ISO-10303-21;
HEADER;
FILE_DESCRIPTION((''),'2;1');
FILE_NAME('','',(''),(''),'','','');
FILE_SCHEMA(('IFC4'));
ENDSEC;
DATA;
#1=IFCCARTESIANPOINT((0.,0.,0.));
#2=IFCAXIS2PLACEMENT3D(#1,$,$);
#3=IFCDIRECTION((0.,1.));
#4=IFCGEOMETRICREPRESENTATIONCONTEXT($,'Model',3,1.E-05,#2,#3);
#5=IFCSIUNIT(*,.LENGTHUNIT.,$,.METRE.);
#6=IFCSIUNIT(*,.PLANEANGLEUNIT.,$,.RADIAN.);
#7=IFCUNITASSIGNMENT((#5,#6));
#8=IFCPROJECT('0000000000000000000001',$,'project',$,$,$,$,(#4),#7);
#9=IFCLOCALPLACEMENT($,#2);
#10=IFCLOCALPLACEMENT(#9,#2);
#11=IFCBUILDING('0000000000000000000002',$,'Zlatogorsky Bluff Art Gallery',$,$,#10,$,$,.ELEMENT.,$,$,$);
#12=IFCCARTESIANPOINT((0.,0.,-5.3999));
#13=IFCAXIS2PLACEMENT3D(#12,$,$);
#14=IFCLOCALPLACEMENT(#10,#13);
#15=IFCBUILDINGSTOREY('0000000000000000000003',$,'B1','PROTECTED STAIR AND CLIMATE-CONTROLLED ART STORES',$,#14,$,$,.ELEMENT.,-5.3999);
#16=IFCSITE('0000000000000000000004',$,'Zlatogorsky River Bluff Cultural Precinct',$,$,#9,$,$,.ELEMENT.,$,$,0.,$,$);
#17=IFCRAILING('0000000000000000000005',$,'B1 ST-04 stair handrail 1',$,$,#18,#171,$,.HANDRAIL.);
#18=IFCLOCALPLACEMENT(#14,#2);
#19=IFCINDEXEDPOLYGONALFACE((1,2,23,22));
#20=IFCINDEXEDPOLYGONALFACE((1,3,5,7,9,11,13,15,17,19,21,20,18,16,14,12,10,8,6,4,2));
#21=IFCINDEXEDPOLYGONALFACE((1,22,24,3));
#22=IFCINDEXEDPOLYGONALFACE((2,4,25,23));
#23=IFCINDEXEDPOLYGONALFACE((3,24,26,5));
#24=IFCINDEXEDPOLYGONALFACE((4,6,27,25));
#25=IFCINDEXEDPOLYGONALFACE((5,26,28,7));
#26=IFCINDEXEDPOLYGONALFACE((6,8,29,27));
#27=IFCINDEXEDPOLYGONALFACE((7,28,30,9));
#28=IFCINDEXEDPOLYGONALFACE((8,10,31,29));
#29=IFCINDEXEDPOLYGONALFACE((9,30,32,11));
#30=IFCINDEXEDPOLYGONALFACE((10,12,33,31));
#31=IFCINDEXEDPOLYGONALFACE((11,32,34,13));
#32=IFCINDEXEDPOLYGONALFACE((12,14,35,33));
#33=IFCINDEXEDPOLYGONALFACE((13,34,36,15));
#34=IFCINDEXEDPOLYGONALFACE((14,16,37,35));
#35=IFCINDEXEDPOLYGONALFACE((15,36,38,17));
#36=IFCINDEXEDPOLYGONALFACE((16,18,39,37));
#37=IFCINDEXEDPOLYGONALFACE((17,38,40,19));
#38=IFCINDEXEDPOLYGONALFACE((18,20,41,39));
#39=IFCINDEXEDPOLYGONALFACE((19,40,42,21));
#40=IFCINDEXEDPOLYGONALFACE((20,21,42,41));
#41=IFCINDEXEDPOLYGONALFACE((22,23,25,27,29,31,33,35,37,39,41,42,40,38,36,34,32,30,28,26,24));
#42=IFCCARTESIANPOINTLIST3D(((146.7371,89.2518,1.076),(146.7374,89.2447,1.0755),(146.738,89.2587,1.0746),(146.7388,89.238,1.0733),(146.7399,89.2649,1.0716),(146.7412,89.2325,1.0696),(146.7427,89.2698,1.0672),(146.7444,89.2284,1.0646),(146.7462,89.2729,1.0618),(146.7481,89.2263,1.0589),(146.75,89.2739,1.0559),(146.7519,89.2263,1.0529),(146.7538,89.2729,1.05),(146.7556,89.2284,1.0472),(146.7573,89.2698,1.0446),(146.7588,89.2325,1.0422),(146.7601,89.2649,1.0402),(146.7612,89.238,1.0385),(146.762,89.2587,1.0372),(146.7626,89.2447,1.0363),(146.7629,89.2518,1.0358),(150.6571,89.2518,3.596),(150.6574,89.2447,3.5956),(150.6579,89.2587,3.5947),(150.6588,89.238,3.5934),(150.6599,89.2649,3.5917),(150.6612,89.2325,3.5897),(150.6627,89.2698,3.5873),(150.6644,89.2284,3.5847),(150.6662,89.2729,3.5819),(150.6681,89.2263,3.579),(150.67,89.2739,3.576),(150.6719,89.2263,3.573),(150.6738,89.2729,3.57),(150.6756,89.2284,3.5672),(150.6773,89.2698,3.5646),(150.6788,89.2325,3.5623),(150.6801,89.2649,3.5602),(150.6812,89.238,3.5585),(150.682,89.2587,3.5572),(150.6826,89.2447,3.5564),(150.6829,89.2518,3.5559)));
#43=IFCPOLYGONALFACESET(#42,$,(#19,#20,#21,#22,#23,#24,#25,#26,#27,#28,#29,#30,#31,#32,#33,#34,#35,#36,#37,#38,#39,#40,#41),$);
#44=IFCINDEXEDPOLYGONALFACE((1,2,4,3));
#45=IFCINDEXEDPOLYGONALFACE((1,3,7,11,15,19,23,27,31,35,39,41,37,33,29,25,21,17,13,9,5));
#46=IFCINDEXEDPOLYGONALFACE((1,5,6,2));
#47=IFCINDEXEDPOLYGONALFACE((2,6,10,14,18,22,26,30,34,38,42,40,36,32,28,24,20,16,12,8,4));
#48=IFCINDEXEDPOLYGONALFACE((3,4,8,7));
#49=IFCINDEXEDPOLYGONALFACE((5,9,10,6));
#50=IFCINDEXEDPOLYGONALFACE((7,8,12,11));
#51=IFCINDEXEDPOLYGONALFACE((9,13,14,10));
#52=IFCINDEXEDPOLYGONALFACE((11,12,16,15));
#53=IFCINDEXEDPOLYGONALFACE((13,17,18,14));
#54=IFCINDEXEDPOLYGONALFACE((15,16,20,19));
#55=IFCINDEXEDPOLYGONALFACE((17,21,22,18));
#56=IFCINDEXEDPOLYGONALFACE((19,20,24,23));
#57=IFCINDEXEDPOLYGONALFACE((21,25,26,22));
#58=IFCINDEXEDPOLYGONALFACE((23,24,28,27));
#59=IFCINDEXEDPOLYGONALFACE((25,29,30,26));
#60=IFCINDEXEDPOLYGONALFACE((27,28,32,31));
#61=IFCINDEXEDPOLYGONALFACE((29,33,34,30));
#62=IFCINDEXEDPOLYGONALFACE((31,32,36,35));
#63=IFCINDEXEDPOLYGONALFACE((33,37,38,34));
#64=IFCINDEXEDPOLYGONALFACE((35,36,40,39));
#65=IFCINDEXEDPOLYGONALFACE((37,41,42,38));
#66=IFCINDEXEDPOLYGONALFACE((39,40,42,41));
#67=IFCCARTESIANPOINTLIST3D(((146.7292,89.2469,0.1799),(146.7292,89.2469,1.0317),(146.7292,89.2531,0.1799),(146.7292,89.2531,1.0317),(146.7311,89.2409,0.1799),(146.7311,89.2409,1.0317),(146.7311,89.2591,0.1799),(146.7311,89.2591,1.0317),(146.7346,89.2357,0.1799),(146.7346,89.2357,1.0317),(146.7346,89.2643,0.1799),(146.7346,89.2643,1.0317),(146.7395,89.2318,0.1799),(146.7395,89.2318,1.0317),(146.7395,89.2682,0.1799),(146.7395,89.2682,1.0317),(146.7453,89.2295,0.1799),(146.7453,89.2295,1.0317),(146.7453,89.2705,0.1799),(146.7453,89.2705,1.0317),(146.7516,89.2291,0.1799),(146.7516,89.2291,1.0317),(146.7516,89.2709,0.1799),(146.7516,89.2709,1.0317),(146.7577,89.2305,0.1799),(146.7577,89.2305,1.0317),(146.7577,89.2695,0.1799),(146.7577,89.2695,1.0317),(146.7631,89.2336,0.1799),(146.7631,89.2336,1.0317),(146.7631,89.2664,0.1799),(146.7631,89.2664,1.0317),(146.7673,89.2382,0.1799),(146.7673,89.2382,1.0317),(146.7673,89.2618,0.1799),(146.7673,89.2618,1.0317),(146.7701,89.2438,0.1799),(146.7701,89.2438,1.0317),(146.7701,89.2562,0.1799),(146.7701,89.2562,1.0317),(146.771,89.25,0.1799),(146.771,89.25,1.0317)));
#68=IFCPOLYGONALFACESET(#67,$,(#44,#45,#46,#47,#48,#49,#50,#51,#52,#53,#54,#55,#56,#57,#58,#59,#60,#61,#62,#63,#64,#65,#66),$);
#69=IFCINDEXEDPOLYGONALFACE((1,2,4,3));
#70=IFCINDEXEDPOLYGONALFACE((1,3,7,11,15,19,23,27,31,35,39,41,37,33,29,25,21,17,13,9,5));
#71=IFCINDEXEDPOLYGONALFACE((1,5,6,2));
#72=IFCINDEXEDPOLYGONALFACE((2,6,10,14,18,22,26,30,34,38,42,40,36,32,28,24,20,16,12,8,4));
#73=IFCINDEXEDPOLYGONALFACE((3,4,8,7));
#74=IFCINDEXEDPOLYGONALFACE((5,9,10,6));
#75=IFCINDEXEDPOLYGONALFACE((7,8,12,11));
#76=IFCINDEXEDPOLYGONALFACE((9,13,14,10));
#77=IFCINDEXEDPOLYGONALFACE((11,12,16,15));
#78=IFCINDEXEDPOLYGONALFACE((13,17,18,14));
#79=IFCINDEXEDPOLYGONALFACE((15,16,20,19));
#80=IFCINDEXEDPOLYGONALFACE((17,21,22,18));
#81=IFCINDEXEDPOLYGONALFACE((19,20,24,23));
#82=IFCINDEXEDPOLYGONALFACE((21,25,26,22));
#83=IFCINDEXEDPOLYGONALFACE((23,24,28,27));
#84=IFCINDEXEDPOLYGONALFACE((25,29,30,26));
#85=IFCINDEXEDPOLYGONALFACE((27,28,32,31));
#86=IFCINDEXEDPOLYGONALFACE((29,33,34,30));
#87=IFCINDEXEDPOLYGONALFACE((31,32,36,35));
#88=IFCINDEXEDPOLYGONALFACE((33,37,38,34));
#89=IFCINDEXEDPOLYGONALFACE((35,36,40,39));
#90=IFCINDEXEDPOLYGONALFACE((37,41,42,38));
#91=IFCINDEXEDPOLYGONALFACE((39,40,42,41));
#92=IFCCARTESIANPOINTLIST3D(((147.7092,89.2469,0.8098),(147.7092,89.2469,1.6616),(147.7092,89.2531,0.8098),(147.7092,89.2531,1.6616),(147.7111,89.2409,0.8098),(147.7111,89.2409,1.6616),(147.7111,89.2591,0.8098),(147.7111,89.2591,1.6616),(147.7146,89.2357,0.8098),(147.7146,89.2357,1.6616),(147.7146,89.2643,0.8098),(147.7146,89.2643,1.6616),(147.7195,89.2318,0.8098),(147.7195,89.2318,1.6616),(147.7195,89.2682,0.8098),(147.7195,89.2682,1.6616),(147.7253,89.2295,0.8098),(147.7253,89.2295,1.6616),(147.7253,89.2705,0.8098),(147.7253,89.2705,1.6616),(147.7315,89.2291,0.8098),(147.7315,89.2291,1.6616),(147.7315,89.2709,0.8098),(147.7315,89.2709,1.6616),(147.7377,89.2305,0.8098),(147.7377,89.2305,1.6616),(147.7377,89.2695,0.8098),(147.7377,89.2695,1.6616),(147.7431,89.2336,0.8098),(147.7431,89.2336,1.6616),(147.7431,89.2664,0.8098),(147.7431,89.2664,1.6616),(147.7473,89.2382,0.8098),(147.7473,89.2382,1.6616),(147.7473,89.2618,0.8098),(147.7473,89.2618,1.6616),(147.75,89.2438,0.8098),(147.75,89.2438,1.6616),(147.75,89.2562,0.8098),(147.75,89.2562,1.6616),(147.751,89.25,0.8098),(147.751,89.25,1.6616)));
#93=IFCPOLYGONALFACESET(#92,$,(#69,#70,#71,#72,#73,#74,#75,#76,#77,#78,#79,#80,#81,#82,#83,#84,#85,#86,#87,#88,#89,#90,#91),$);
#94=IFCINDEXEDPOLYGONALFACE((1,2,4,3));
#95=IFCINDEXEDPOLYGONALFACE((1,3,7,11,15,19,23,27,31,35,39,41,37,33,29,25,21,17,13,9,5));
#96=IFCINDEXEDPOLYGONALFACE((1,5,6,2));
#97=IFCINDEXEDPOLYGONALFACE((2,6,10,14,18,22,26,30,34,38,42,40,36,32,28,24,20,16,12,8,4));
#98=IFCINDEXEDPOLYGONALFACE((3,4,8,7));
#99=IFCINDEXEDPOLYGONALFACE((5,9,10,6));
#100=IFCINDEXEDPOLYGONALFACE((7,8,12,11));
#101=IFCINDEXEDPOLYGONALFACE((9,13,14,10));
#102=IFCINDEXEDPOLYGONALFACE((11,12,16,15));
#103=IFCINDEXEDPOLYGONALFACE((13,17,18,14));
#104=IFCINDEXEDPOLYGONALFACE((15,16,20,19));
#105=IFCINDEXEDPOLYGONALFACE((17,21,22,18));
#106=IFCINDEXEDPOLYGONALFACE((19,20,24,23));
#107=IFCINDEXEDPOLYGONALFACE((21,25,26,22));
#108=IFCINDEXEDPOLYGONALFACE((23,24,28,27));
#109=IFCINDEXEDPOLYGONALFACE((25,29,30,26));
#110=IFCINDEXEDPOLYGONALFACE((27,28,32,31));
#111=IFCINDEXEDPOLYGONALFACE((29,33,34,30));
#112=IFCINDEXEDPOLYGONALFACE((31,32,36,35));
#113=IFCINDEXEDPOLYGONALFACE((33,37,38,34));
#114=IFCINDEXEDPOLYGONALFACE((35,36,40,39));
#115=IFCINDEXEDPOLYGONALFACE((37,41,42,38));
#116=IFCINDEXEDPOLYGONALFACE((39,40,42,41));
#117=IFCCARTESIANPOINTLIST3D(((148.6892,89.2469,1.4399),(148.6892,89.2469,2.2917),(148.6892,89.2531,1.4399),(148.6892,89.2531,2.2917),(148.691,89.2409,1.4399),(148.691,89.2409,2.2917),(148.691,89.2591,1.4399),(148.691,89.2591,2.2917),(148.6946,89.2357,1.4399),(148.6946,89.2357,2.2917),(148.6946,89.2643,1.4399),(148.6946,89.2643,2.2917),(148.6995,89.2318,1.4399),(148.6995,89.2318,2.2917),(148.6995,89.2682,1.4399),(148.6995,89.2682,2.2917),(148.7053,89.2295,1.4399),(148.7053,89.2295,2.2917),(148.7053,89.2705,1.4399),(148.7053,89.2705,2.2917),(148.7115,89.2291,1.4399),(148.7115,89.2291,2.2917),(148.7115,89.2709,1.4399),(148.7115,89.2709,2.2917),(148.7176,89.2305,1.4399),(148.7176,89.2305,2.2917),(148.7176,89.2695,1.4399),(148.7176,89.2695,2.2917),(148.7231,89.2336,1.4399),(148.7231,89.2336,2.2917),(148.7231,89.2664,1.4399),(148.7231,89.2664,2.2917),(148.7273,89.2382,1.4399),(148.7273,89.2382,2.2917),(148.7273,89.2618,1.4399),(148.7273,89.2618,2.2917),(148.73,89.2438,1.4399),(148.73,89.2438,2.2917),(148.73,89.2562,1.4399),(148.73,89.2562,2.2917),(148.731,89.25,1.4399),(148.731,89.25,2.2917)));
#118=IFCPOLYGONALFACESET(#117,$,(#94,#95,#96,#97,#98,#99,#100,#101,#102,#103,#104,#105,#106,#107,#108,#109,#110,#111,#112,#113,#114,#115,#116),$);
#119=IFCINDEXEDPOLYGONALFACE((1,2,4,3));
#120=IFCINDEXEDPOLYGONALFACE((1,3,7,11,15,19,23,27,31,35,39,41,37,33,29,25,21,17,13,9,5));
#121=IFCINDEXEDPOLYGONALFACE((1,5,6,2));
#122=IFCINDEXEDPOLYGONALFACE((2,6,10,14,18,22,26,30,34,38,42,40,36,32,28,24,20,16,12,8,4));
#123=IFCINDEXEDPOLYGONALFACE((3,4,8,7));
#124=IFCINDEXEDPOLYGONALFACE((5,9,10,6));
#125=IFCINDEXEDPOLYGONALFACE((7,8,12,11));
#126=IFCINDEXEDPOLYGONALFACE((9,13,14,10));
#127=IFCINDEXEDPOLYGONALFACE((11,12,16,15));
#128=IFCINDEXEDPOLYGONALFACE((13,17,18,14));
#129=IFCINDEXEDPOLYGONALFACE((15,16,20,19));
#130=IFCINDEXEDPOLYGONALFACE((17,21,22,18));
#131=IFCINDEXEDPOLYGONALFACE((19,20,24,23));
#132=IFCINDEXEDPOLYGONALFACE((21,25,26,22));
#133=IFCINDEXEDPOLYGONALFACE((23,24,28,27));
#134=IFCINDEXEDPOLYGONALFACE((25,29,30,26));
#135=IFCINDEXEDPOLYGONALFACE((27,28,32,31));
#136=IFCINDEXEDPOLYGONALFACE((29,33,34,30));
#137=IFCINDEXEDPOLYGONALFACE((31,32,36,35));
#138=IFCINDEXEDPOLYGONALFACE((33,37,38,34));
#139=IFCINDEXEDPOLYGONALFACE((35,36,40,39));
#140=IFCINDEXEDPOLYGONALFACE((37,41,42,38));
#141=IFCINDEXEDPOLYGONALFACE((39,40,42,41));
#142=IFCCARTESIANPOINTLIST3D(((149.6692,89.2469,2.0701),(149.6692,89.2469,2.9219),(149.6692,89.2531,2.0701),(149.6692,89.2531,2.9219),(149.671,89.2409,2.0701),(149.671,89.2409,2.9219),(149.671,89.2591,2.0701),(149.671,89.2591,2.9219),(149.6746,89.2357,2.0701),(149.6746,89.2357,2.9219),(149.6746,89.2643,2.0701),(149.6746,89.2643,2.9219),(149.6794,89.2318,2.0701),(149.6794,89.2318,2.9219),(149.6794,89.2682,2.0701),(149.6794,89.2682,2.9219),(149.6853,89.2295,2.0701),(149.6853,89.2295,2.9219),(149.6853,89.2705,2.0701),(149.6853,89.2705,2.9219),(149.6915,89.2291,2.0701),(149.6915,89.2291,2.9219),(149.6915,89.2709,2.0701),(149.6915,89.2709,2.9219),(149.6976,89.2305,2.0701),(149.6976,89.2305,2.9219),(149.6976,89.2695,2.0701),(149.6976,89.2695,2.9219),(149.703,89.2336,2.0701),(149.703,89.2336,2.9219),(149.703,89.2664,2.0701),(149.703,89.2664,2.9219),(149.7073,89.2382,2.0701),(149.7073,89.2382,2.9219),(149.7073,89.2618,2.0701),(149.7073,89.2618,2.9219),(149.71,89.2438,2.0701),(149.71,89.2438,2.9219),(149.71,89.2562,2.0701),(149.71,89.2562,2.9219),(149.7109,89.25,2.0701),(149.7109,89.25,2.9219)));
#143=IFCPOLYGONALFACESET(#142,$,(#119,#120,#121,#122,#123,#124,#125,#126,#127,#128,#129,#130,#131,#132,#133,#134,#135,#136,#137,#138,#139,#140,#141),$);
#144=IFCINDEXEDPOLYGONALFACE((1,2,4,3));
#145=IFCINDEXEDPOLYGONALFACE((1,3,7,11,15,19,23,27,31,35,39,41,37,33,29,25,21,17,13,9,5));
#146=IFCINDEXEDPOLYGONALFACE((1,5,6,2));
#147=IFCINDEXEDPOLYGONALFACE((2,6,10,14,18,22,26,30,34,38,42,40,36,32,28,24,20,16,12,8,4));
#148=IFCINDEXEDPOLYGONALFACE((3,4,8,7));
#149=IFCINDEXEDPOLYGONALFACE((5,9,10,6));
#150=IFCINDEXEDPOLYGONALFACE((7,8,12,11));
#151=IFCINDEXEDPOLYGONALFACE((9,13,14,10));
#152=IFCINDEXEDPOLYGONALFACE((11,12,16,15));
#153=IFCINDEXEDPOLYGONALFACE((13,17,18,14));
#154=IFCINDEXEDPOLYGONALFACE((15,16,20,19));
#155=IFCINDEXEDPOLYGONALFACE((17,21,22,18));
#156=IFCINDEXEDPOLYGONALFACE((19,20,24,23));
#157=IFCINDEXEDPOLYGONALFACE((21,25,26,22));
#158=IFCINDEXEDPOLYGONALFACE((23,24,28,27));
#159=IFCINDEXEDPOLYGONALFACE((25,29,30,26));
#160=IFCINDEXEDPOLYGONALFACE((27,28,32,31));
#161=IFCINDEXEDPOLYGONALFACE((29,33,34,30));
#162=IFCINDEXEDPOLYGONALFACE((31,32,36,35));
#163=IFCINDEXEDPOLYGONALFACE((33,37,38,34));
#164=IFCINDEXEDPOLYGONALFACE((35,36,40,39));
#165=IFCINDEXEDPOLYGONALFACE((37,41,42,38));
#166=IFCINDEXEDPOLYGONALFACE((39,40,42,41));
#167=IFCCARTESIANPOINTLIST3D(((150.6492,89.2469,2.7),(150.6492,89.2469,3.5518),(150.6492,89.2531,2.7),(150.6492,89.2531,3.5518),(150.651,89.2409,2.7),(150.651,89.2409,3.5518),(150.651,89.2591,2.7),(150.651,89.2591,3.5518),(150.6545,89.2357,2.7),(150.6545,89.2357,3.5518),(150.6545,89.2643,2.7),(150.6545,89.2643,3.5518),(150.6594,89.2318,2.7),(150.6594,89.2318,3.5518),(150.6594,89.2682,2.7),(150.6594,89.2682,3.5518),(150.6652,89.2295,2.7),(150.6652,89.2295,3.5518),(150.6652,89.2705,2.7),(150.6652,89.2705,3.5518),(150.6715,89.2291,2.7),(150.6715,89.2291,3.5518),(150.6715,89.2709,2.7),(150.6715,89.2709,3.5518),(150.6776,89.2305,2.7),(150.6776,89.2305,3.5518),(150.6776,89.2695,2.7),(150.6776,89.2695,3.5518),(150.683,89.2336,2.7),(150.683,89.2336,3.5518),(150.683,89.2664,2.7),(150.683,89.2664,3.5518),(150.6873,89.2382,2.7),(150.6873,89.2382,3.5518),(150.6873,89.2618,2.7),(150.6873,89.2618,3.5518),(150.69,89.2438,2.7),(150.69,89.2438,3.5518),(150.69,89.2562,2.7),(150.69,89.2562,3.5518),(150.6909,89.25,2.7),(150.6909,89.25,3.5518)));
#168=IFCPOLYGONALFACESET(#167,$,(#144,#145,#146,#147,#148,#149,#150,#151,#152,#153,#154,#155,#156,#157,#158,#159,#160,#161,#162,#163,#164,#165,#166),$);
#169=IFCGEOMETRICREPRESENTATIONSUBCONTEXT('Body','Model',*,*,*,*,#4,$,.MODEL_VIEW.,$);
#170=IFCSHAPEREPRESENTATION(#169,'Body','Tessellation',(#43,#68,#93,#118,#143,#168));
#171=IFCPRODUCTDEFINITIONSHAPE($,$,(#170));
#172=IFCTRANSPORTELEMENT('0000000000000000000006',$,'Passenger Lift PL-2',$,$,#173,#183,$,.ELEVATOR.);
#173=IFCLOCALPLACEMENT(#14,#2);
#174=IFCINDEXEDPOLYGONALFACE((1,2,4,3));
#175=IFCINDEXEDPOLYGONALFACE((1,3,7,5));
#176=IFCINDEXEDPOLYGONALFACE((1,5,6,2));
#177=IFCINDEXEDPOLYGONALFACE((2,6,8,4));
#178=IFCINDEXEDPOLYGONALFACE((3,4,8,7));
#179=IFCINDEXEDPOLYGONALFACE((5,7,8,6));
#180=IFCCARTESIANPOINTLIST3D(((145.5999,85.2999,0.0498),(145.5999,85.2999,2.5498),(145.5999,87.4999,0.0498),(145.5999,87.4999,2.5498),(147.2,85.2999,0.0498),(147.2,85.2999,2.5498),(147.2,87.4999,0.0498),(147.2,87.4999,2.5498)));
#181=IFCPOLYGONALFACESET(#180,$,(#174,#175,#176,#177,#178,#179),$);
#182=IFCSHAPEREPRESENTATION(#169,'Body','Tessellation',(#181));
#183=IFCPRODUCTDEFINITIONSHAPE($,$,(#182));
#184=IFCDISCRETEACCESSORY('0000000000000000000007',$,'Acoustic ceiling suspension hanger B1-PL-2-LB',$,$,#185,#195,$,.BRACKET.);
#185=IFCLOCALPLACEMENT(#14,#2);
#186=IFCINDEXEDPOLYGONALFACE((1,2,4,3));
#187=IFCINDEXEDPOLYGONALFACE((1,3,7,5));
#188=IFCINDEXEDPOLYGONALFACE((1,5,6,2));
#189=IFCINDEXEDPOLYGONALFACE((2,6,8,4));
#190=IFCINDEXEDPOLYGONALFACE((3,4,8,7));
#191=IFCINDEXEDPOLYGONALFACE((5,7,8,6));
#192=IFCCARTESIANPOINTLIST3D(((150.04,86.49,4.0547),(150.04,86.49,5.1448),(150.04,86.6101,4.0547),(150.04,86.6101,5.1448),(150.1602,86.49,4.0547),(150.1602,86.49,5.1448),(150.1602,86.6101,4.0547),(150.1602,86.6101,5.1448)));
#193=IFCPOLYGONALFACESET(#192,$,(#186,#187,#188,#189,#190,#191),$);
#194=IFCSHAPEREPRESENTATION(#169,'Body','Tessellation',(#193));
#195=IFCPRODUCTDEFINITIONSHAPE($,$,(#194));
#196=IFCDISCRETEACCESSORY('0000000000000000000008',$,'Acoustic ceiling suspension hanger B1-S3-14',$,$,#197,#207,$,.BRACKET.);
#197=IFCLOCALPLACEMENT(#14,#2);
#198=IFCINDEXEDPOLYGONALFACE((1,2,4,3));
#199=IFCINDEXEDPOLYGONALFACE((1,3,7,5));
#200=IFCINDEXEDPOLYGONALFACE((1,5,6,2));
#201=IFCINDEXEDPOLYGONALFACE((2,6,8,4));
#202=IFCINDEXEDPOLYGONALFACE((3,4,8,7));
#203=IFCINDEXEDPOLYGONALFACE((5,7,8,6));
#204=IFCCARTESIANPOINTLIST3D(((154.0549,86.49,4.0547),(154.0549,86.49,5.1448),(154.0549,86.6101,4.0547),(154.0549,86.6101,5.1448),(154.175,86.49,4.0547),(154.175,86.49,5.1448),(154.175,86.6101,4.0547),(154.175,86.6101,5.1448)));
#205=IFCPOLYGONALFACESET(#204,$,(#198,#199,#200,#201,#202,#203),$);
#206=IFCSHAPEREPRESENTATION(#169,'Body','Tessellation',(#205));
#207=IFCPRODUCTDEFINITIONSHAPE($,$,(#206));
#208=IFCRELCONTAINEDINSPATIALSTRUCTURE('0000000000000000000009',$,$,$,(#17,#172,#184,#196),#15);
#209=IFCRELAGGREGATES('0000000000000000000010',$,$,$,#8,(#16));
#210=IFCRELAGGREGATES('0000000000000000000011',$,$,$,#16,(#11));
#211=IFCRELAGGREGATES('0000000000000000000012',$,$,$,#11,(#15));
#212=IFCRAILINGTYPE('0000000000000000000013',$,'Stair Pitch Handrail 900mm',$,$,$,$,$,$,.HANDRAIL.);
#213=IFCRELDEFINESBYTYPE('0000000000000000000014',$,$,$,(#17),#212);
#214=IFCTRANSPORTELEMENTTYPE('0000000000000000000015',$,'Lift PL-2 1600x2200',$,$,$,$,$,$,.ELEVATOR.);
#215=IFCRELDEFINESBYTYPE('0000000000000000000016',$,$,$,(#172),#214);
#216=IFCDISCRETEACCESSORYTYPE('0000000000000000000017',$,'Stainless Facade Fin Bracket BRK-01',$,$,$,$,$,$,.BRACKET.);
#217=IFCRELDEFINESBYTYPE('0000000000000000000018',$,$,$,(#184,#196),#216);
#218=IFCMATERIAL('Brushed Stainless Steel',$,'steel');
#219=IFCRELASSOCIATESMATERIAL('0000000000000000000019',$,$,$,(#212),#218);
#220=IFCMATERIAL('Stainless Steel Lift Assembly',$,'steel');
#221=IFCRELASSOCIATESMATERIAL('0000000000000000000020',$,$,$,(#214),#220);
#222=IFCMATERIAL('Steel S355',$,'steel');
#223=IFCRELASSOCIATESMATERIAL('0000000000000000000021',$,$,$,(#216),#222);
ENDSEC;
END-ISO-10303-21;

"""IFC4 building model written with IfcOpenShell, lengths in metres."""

from ifc_helpers import new_model, si_unit, direction, frame, origin, origin_2d, place, context, subcontext, project, spatial, rectangle, circle, extrude, material, type_object, element, save


model = new_model("IFC4")

# Units and contexts
model_context = context("Model", 3, precision=1e-05, world=origin(), true_north=direction((0.0, 1.0)))
body_context = subcontext(model_context, "Body", "Model", "MODEL_VIEW")
ifc_project = project(units=[si_unit("LENGTHUNIT", "METRE"), si_unit("PLANEANGLEUNIT", "RADIAN")], contexts=[model_context])

# Site, building, storey
site_placement = place(None, origin())
site = spatial("IfcSite", under=ifc_project, at=site_placement, Name="Zlatogorsky River Bluff Cultural Precinct", CompositionType="ELEMENT", RefElevation=0.0)
building_placement = place(site_placement, origin())
building = spatial("IfcBuilding", under=site, at=building_placement, Name="Zlatogorsky Bluff Art Gallery", CompositionType="ELEMENT")
storey_placement = place(building_placement, frame((0.0, 0.0, -5.3999)))
storey = spatial("IfcBuildingStorey", under=building, at=storey_placement, Name="B1", Description="PROTECTED STAIR AND CLIMATE-CONTROLLED ART STORES", CompositionType="ELEMENT", Elevation=-5.3999)

# Shared definitions
ifc_material_1 = material(Name="Steel S355", Category="steel")

# Railing
ifc_material_2 = material(Name="Brushed Stainless Steel", Category="steel")
railing_type_1 = type_object("IfcRailingType", Name="Stair Pitch Handrail 900mm", PredefinedType="HANDRAIL", material=ifc_material_2)
railing_1_placement = place(storey_placement, frame((146.75, 89.25, 0.1799)))
element("IfcRailing", 1, at=railing_1_placement, inside=storey, type_object=railing_type_1, Name="B1 ST-04 stair handrail 1", PredefinedType="HANDRAIL", context=body_context, shape_type="SweptSolid", body=[
    extrude(circle(Radius=0.0239, at=origin_2d()), frame((0.0, 0.0, 0.876), z_axis=(0.841172, 0.0, 0.540768), x_axis=(0.0, 1.0, 0.0)), (0.0, 0.0, 1.0), 4.6602),
    extrude(circle(Radius=0.021, at=origin_2d()), origin(), (0.0, 0.0, 1.0), 0.8518),
    extrude(circle(Radius=0.021, at=origin_2d()), frame((0.98, 0.0, 0.6299)), (0.0, 0.0, 1.0), 0.8518),
    extrude(circle(Radius=0.021, at=origin_2d()), frame((1.96, 0.0, 1.26)), (0.0, 0.0, 1.0), 0.8518),
    extrude(circle(Radius=0.021, at=origin_2d()), frame((2.9399, 0.0, 1.8901)), (0.0, 0.0, 1.0), 0.8518),
    extrude(circle(Radius=0.021, at=origin_2d()), frame((3.9199, 0.0, 2.52)), (0.0, 0.0, 1.0), 0.8518),
])

# Transport element
ifc_material_3 = material(Name="Stainless Steel Lift Assembly", Category="steel")
transport_element_type = type_object("IfcTransportElementType", Name="Lift PL-2 1600x2200", PredefinedType="ELEVATOR", material=ifc_material_3)
transport_element_placement = place(storey_placement, frame((146.3999, 86.3999, 0.0498), z_axis=(0.0, 0.0, 1.0), x_axis=(1.0, 0.0, 0.0)))
element("IfcTransportElement", 2, at=transport_element_placement, inside=storey, type_object=transport_element_type, Name="Passenger Lift PL-2", PredefinedType="ELEVATOR", context=body_context, shape_type="SweptSolid", body=[
    extrude(rectangle(XDim=1.6001, YDim=2.2, at=origin_2d()), origin(), (0.0, 0.0, 1.0), 2.5),
])

# Discrete accessories
discrete_accessory_type = type_object("IfcDiscreteAccessoryType", Name="Stainless Facade Fin Bracket BRK-01", PredefinedType="BRACKET", material=ifc_material_1)
for number, where, z_axis, x_axis, name in (
    (3, (150.1001, 86.55, 4.0547), (0.0, 0.0, 1.0), (1.0, 0.0, 0.0), "Acoustic ceiling suspension hanger B1-PL-2-LB"),
    (4, (154.115, 86.55, 4.0547), (0.0, 0.0, 1.0), (1.0, 0.0, 0.0), "Acoustic ceiling suspension hanger B1-S3-14"),
):
    element("IfcDiscreteAccessory", number, at=place(storey_placement, frame(where, z_axis=z_axis, x_axis=x_axis)), inside=storey, type_object=discrete_accessory_type, Name=name, PredefinedType="BRACKET", context=body_context, shape_type="SweptSolid", body=[
        extrude(rectangle(XDim=0.1201, YDim=0.1201, at=origin_2d()), origin(), (0.0, 0.0, 1.0), 1.0901),
    ])

save(model, "model.ifc")
